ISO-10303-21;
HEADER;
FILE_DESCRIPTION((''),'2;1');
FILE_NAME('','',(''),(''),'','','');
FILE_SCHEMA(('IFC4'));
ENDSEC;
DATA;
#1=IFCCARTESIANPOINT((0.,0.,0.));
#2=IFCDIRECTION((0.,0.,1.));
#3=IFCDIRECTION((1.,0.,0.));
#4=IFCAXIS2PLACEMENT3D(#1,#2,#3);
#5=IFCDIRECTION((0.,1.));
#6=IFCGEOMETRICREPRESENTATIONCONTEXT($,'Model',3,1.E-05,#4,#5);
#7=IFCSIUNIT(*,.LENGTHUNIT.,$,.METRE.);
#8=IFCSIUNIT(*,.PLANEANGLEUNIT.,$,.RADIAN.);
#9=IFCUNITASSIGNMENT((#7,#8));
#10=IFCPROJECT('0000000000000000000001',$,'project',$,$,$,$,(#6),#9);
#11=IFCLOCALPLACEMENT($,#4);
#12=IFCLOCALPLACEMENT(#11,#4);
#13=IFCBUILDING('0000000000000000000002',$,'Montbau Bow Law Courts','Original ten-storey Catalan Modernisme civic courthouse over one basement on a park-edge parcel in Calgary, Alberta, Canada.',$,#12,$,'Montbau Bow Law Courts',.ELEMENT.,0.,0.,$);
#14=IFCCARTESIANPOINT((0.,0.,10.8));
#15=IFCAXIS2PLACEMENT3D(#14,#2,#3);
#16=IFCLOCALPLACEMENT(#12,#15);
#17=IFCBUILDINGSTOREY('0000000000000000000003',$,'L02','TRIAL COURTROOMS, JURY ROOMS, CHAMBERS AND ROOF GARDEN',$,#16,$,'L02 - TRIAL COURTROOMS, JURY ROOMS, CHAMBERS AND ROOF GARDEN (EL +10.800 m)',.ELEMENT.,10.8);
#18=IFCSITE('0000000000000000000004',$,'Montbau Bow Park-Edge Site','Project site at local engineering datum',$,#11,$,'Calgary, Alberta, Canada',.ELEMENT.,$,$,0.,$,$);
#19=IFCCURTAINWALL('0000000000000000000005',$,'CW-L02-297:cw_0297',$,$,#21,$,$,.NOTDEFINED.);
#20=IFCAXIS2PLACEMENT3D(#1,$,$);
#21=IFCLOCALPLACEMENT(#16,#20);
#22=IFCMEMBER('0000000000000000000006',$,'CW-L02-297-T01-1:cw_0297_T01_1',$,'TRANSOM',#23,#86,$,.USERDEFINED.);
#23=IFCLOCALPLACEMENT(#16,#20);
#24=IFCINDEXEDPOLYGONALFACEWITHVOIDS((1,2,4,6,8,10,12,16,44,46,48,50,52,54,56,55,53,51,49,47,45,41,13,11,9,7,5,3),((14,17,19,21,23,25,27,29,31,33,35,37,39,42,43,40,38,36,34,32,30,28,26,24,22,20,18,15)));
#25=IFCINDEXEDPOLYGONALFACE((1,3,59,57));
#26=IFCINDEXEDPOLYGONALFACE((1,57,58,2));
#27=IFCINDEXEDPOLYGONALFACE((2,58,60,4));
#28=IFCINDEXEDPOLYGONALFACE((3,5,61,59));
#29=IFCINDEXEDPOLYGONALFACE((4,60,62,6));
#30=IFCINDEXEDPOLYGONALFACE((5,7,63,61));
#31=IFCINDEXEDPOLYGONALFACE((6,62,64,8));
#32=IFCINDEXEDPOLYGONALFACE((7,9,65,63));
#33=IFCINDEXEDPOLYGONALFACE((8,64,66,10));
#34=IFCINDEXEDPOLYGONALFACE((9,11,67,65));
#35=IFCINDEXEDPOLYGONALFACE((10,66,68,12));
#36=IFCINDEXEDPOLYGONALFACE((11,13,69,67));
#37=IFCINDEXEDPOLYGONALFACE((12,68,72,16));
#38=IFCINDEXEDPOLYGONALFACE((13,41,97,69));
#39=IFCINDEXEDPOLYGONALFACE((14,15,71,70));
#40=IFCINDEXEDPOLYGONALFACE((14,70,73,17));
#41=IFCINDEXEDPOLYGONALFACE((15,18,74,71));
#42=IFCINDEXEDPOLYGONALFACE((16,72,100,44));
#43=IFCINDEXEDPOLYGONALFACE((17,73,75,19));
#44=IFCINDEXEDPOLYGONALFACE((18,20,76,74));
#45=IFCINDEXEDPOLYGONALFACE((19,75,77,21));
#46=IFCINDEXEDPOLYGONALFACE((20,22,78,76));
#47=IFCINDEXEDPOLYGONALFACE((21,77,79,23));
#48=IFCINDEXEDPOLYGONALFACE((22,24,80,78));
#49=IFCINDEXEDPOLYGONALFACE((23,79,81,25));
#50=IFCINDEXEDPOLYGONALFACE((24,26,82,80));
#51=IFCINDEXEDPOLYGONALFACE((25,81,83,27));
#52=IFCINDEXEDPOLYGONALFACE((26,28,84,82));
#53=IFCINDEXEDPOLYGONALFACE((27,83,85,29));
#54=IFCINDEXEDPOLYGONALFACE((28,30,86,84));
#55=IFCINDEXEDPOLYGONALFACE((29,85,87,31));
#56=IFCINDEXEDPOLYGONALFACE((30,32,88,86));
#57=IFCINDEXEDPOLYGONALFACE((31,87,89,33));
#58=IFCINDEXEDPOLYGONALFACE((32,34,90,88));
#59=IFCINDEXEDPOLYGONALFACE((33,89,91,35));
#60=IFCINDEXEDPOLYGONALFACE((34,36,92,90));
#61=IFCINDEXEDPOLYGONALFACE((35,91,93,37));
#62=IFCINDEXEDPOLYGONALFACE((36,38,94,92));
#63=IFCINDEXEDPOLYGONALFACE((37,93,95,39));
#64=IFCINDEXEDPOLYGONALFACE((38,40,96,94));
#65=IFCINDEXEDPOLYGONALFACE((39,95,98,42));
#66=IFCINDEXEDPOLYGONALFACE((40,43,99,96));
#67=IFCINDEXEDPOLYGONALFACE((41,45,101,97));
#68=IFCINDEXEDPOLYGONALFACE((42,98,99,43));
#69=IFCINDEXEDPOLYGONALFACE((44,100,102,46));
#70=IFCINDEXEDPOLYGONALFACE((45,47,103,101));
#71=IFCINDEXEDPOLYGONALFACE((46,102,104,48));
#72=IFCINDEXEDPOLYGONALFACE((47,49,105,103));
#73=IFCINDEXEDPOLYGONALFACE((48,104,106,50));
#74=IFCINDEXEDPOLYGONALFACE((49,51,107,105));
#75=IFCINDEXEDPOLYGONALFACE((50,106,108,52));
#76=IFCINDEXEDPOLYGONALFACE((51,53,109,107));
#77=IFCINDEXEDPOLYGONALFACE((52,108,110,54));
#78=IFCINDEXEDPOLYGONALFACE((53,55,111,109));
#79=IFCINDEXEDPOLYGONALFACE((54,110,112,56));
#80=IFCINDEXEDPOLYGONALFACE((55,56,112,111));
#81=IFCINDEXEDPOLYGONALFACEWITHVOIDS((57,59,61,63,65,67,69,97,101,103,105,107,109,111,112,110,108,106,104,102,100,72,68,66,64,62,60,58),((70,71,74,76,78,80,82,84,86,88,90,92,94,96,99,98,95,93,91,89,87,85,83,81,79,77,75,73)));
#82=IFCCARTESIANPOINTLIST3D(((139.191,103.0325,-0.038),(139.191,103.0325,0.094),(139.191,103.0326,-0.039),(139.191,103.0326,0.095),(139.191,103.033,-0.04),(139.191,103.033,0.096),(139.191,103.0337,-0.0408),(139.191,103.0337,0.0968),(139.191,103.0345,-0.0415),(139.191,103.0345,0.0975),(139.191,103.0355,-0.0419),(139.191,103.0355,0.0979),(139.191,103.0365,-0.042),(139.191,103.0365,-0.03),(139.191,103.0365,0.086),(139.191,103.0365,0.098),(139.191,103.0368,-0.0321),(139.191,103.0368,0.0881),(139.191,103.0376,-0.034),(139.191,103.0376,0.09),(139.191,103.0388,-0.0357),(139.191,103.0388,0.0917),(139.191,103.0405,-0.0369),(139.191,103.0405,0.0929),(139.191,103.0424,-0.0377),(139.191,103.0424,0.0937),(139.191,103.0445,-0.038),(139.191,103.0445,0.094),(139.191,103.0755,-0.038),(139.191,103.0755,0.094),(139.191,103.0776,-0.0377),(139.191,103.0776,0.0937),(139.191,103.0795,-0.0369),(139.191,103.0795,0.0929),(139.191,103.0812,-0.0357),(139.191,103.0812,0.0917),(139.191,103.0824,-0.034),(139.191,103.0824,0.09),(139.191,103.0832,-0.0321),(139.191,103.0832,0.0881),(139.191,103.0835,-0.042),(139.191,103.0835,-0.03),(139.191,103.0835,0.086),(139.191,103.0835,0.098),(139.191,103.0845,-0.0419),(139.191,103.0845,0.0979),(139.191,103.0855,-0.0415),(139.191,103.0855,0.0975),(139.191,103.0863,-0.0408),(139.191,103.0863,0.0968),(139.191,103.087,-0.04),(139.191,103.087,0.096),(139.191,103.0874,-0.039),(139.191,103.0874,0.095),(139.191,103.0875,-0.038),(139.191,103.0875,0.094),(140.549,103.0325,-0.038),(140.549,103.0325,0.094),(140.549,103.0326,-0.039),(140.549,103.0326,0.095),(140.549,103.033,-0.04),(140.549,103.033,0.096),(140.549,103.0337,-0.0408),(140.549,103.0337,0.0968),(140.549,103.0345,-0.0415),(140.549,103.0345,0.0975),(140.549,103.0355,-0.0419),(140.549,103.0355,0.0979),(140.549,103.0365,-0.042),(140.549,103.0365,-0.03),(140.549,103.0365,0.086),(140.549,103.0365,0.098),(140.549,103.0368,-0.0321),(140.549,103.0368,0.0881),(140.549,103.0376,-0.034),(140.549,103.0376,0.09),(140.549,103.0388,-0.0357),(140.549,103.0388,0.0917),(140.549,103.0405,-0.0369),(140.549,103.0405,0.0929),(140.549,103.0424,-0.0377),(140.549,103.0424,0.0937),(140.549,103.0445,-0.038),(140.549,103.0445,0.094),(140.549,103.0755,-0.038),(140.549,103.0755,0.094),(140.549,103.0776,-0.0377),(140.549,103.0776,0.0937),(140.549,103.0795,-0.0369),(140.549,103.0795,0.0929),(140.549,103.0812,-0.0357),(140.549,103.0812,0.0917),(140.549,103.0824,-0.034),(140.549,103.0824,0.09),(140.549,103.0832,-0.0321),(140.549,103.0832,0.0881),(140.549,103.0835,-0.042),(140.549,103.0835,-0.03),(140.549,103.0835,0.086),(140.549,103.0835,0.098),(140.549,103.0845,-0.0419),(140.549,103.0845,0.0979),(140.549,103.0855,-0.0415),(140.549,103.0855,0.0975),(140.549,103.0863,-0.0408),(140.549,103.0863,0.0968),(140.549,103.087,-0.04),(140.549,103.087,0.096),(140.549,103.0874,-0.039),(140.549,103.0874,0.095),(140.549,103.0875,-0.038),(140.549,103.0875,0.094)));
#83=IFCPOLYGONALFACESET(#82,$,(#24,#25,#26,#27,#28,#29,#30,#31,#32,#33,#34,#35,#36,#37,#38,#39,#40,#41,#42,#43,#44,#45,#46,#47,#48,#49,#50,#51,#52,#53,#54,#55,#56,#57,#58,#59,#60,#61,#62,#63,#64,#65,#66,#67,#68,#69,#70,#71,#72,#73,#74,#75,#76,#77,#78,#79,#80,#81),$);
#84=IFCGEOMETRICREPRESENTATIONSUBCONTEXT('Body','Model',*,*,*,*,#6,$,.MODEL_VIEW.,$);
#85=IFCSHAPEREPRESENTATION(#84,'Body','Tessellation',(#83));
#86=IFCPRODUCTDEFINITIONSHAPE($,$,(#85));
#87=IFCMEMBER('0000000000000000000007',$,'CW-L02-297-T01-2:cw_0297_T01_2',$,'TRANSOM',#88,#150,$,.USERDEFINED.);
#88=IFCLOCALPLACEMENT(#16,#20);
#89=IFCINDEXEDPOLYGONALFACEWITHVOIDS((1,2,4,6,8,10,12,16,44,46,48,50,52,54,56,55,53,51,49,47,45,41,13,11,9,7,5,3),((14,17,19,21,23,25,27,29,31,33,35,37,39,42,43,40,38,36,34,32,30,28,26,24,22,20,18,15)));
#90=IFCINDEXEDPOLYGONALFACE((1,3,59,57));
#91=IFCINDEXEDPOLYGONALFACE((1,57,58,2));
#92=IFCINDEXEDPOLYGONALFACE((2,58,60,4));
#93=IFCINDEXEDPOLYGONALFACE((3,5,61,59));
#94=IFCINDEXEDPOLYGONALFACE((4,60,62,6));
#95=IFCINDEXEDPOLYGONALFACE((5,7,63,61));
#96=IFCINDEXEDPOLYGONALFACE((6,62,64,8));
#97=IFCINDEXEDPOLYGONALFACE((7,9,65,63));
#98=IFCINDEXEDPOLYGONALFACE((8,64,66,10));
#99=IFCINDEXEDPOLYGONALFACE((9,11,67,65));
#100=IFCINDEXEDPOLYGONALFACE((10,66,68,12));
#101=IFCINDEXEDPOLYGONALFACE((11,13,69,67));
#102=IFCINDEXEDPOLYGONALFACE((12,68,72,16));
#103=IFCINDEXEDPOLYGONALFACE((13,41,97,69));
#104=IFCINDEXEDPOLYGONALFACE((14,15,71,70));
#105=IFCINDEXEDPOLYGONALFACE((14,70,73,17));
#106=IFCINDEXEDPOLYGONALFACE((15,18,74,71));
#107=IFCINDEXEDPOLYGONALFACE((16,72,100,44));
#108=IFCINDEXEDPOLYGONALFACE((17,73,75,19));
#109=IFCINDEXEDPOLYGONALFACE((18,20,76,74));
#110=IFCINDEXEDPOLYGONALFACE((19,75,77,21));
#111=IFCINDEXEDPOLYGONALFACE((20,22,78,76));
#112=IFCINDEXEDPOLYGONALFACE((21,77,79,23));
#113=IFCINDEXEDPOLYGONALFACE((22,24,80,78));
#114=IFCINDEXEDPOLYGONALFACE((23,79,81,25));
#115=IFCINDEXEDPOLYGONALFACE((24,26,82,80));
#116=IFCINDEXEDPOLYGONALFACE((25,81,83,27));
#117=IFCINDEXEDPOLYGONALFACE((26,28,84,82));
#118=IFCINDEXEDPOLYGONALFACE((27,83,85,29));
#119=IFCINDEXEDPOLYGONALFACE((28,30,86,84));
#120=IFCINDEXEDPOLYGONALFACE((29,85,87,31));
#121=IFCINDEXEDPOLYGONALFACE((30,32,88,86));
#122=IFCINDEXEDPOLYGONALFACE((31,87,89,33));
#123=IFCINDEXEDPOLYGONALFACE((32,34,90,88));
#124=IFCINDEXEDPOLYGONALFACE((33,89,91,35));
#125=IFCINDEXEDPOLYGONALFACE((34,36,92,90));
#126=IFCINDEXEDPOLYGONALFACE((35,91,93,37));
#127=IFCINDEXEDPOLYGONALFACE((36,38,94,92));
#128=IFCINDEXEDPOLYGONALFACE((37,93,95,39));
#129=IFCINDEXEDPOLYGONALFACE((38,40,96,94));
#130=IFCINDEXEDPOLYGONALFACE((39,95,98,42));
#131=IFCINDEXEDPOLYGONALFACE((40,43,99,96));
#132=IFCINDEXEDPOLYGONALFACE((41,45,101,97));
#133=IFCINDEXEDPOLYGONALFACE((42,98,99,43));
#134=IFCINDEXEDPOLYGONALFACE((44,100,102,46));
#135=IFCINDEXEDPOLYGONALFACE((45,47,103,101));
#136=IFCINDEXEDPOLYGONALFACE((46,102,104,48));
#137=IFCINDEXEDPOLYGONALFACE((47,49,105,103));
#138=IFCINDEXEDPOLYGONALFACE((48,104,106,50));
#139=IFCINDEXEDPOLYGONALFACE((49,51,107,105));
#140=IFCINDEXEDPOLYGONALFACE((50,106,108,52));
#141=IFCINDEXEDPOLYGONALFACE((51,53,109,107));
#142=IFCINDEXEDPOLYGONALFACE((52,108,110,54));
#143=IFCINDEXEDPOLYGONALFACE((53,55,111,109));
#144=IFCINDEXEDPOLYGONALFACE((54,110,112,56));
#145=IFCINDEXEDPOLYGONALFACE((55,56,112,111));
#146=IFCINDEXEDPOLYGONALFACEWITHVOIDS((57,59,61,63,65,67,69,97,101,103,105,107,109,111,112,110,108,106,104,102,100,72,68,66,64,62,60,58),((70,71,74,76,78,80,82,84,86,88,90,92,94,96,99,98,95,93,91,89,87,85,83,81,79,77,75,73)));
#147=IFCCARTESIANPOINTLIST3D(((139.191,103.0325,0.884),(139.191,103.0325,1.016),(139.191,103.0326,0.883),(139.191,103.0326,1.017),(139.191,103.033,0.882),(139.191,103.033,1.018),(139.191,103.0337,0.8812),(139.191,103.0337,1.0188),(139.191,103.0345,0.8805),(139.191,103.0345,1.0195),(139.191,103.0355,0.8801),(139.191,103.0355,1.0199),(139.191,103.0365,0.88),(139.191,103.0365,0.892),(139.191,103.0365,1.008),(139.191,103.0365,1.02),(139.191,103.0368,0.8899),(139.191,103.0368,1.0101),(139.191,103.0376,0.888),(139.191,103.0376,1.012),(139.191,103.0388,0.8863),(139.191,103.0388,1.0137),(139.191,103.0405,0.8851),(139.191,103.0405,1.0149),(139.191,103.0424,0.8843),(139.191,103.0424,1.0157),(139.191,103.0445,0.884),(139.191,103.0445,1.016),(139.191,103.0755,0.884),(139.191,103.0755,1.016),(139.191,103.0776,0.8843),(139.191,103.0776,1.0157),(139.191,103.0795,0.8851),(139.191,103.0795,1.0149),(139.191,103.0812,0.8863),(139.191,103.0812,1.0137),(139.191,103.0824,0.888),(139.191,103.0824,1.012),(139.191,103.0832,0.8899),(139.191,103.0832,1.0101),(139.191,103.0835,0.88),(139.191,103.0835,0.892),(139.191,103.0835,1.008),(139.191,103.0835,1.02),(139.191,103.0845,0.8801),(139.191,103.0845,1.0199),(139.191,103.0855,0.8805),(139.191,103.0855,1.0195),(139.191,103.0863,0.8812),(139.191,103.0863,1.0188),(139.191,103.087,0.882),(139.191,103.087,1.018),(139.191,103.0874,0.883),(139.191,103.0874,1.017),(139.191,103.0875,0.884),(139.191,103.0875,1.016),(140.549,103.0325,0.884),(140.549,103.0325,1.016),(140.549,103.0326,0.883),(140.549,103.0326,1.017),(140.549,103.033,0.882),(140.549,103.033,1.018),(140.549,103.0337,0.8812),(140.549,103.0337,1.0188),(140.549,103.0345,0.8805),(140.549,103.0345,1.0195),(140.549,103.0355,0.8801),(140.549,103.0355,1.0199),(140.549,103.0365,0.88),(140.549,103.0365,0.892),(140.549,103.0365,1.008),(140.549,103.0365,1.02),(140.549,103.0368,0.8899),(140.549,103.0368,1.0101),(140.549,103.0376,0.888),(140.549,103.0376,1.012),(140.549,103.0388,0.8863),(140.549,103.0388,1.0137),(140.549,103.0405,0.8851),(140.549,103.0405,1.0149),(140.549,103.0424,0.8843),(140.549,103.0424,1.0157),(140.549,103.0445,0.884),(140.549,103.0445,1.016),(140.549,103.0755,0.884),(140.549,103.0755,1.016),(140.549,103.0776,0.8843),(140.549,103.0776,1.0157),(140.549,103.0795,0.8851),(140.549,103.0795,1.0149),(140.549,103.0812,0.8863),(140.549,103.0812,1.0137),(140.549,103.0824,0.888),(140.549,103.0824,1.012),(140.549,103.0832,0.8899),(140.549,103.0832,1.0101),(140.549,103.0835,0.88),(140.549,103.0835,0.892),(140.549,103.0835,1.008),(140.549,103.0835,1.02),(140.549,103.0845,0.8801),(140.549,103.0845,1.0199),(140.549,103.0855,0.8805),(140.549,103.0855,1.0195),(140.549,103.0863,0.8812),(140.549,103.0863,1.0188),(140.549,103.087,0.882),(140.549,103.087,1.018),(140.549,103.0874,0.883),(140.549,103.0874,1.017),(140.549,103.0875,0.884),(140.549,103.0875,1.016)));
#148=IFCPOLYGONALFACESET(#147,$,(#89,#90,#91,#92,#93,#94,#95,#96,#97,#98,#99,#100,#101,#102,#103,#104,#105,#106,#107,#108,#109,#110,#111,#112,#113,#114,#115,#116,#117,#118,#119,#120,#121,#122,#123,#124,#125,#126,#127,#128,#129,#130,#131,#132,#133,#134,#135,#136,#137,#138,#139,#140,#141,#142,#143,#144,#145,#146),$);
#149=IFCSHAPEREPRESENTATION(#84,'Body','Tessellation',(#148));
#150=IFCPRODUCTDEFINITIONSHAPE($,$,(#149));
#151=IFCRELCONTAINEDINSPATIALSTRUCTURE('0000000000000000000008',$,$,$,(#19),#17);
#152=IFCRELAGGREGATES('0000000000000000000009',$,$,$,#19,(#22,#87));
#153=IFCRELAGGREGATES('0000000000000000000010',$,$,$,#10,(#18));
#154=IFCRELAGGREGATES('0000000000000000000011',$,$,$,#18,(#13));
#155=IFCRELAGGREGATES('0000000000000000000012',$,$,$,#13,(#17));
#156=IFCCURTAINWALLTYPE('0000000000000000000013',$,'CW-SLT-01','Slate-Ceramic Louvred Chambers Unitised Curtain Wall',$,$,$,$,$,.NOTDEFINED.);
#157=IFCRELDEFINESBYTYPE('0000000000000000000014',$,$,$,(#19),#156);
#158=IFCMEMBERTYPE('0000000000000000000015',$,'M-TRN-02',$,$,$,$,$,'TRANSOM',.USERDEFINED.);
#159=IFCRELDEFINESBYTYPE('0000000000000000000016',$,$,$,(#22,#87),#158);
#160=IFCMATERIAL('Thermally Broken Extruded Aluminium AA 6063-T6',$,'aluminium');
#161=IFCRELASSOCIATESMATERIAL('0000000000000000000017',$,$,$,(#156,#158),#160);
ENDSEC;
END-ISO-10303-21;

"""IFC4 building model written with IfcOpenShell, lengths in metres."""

from ifc_helpers import new_model, si_unit, direction, frame, origin_with_axes, origin_2d_with_axis, place, context, subcontext, project, spatial, hollow_rectangle, extrude, material, material_profile, profile_set, type_object, element, aggregate, save


model = new_model("IFC4")

# Units and contexts
model_context = context("Model", 3, precision=1e-05, world=origin_with_axes(), true_north=direction((0.0, 1.0)))
body_context = subcontext(model_context, "Body", "Model", "MODEL_VIEW")
ifc_project = project(units=[si_unit("LENGTHUNIT", "METRE"), si_unit("PLANEANGLEUNIT", "RADIAN")], contexts=[model_context])

# Site, building, storey
site_placement = place(None, origin_with_axes())
site = spatial("IfcSite", under=ifc_project, at=site_placement, Name="Montbau Bow Park-Edge Site", Description="Project site at local engineering datum", LongName="Calgary, Alberta, Canada", CompositionType="ELEMENT", RefElevation=0.0)
building_placement = place(site_placement, origin_with_axes())
building = spatial("IfcBuilding", under=site, at=building_placement, Name="Montbau Bow Law Courts", Description="Original ten-storey Catalan Modernisme civic courthouse over one basement on a park-edge parcel in Calgary, Alberta, Canada.", LongName="Montbau Bow Law Courts", CompositionType="ELEMENT", ElevationOfRefHeight=0.0, ElevationOfTerrain=0.0)
storey_placement = place(building_placement, frame((0.0, 0.0, 10.8), z_axis=(0.0, 0.0, 1.0), x_axis=(1.0, 0.0, 0.0)))
storey = spatial("IfcBuildingStorey", under=building, at=storey_placement, Name="L02", Description="TRIAL COURTROOMS, JURY ROOMS, CHAMBERS AND ROOF GARDEN", LongName="L02 - TRIAL COURTROOMS, JURY ROOMS, CHAMBERS AND ROOF GARDEN (EL +10.800 m)", CompositionType="ELEMENT", Elevation=10.8)

# Curtain wall, members
ifc_material_1 = material(Name="Thermally Broken Extruded Aluminium AA 6063-T6", Category="aluminium")
curtain_wall_type = type_object("IfcCurtainWallType", Name="CW-SLT-01", Description="Slate-Ceramic Louvred Chambers Unitised Curtain Wall", PredefinedType="NOTDEFINED", material=ifc_material_1)
curtain_wall_placement = place(None, frame((139.115, 103.06, 10.8), z_axis=(0.0, 0.0, 1.0), x_axis=(1.0, 0.0, 0.0)))
curtain_wall = element("IfcCurtainWall", 1, at=curtain_wall_placement, inside=storey, type_object=curtain_wall_type, Name="CW-L02-297:cw_0297", PredefinedType="NOTDEFINED")
ifc_material_profile_1 = material_profile(ifc_material_1, hollow_rectangle(XDim=0.055, YDim=0.14, WallThickness=0.004, InnerFilletRadius=0.008, OuterFilletRadius=0.004, at=origin_2d_with_axis()), Name="CWT-140X55", Category="Main", Priority=0)
ifc_profile_set_1 = profile_set([ifc_material_profile_1], Name="Thermally Broken Extruded Aluminium AA 6063-T6")
member_type_1 = type_object("IfcMemberType", Name="M-TRN-02", ElementType="TRANSOM", PredefinedType="USERDEFINED", material=ifc_profile_set_1)
member_1_placement = place(None, frame((139.191, 103.06, 10.828), z_axis=(1.0, 0.0, 0.0), x_axis=(0.0, 1.0, 0.0)))
member_1 = element("IfcMember", 2, at=member_1_placement, type_object=member_type_1, Name="CW-L02-297-T01-1:cw_0297_T01_1", ObjectType="TRANSOM", PredefinedType="USERDEFINED", context=body_context, shape_type="SweptSolid", body=[
    extrude(hollow_rectangle(XDim=0.055, YDim=0.14, WallThickness=0.004, InnerFilletRadius=0.008, OuterFilletRadius=0.004, at=origin_2d_with_axis()), origin_with_axes(), (0.0, 0.0, 1.0), 1.358),
])
member_2_placement = place(None, frame((139.191, 103.06, 11.75), z_axis=(1.0, 0.0, 0.0), x_axis=(0.0, 1.0, 0.0)))
member_2 = element("IfcMember", 3, at=member_2_placement, type_object=member_type_1, Name="CW-L02-297-T01-2:cw_0297_T01_2", ObjectType="TRANSOM", PredefinedType="USERDEFINED", context=body_context, shape_type="SweptSolid", body=[
    extrude(hollow_rectangle(XDim=0.055, YDim=0.14, WallThickness=0.004, InnerFilletRadius=0.008, OuterFilletRadius=0.004, at=origin_2d_with_axis()), origin_with_axes(), (0.0, 0.0, 1.0), 1.358),
])
aggregate(curtain_wall, [member_1, member_2])

save(model, "model.ifc")
